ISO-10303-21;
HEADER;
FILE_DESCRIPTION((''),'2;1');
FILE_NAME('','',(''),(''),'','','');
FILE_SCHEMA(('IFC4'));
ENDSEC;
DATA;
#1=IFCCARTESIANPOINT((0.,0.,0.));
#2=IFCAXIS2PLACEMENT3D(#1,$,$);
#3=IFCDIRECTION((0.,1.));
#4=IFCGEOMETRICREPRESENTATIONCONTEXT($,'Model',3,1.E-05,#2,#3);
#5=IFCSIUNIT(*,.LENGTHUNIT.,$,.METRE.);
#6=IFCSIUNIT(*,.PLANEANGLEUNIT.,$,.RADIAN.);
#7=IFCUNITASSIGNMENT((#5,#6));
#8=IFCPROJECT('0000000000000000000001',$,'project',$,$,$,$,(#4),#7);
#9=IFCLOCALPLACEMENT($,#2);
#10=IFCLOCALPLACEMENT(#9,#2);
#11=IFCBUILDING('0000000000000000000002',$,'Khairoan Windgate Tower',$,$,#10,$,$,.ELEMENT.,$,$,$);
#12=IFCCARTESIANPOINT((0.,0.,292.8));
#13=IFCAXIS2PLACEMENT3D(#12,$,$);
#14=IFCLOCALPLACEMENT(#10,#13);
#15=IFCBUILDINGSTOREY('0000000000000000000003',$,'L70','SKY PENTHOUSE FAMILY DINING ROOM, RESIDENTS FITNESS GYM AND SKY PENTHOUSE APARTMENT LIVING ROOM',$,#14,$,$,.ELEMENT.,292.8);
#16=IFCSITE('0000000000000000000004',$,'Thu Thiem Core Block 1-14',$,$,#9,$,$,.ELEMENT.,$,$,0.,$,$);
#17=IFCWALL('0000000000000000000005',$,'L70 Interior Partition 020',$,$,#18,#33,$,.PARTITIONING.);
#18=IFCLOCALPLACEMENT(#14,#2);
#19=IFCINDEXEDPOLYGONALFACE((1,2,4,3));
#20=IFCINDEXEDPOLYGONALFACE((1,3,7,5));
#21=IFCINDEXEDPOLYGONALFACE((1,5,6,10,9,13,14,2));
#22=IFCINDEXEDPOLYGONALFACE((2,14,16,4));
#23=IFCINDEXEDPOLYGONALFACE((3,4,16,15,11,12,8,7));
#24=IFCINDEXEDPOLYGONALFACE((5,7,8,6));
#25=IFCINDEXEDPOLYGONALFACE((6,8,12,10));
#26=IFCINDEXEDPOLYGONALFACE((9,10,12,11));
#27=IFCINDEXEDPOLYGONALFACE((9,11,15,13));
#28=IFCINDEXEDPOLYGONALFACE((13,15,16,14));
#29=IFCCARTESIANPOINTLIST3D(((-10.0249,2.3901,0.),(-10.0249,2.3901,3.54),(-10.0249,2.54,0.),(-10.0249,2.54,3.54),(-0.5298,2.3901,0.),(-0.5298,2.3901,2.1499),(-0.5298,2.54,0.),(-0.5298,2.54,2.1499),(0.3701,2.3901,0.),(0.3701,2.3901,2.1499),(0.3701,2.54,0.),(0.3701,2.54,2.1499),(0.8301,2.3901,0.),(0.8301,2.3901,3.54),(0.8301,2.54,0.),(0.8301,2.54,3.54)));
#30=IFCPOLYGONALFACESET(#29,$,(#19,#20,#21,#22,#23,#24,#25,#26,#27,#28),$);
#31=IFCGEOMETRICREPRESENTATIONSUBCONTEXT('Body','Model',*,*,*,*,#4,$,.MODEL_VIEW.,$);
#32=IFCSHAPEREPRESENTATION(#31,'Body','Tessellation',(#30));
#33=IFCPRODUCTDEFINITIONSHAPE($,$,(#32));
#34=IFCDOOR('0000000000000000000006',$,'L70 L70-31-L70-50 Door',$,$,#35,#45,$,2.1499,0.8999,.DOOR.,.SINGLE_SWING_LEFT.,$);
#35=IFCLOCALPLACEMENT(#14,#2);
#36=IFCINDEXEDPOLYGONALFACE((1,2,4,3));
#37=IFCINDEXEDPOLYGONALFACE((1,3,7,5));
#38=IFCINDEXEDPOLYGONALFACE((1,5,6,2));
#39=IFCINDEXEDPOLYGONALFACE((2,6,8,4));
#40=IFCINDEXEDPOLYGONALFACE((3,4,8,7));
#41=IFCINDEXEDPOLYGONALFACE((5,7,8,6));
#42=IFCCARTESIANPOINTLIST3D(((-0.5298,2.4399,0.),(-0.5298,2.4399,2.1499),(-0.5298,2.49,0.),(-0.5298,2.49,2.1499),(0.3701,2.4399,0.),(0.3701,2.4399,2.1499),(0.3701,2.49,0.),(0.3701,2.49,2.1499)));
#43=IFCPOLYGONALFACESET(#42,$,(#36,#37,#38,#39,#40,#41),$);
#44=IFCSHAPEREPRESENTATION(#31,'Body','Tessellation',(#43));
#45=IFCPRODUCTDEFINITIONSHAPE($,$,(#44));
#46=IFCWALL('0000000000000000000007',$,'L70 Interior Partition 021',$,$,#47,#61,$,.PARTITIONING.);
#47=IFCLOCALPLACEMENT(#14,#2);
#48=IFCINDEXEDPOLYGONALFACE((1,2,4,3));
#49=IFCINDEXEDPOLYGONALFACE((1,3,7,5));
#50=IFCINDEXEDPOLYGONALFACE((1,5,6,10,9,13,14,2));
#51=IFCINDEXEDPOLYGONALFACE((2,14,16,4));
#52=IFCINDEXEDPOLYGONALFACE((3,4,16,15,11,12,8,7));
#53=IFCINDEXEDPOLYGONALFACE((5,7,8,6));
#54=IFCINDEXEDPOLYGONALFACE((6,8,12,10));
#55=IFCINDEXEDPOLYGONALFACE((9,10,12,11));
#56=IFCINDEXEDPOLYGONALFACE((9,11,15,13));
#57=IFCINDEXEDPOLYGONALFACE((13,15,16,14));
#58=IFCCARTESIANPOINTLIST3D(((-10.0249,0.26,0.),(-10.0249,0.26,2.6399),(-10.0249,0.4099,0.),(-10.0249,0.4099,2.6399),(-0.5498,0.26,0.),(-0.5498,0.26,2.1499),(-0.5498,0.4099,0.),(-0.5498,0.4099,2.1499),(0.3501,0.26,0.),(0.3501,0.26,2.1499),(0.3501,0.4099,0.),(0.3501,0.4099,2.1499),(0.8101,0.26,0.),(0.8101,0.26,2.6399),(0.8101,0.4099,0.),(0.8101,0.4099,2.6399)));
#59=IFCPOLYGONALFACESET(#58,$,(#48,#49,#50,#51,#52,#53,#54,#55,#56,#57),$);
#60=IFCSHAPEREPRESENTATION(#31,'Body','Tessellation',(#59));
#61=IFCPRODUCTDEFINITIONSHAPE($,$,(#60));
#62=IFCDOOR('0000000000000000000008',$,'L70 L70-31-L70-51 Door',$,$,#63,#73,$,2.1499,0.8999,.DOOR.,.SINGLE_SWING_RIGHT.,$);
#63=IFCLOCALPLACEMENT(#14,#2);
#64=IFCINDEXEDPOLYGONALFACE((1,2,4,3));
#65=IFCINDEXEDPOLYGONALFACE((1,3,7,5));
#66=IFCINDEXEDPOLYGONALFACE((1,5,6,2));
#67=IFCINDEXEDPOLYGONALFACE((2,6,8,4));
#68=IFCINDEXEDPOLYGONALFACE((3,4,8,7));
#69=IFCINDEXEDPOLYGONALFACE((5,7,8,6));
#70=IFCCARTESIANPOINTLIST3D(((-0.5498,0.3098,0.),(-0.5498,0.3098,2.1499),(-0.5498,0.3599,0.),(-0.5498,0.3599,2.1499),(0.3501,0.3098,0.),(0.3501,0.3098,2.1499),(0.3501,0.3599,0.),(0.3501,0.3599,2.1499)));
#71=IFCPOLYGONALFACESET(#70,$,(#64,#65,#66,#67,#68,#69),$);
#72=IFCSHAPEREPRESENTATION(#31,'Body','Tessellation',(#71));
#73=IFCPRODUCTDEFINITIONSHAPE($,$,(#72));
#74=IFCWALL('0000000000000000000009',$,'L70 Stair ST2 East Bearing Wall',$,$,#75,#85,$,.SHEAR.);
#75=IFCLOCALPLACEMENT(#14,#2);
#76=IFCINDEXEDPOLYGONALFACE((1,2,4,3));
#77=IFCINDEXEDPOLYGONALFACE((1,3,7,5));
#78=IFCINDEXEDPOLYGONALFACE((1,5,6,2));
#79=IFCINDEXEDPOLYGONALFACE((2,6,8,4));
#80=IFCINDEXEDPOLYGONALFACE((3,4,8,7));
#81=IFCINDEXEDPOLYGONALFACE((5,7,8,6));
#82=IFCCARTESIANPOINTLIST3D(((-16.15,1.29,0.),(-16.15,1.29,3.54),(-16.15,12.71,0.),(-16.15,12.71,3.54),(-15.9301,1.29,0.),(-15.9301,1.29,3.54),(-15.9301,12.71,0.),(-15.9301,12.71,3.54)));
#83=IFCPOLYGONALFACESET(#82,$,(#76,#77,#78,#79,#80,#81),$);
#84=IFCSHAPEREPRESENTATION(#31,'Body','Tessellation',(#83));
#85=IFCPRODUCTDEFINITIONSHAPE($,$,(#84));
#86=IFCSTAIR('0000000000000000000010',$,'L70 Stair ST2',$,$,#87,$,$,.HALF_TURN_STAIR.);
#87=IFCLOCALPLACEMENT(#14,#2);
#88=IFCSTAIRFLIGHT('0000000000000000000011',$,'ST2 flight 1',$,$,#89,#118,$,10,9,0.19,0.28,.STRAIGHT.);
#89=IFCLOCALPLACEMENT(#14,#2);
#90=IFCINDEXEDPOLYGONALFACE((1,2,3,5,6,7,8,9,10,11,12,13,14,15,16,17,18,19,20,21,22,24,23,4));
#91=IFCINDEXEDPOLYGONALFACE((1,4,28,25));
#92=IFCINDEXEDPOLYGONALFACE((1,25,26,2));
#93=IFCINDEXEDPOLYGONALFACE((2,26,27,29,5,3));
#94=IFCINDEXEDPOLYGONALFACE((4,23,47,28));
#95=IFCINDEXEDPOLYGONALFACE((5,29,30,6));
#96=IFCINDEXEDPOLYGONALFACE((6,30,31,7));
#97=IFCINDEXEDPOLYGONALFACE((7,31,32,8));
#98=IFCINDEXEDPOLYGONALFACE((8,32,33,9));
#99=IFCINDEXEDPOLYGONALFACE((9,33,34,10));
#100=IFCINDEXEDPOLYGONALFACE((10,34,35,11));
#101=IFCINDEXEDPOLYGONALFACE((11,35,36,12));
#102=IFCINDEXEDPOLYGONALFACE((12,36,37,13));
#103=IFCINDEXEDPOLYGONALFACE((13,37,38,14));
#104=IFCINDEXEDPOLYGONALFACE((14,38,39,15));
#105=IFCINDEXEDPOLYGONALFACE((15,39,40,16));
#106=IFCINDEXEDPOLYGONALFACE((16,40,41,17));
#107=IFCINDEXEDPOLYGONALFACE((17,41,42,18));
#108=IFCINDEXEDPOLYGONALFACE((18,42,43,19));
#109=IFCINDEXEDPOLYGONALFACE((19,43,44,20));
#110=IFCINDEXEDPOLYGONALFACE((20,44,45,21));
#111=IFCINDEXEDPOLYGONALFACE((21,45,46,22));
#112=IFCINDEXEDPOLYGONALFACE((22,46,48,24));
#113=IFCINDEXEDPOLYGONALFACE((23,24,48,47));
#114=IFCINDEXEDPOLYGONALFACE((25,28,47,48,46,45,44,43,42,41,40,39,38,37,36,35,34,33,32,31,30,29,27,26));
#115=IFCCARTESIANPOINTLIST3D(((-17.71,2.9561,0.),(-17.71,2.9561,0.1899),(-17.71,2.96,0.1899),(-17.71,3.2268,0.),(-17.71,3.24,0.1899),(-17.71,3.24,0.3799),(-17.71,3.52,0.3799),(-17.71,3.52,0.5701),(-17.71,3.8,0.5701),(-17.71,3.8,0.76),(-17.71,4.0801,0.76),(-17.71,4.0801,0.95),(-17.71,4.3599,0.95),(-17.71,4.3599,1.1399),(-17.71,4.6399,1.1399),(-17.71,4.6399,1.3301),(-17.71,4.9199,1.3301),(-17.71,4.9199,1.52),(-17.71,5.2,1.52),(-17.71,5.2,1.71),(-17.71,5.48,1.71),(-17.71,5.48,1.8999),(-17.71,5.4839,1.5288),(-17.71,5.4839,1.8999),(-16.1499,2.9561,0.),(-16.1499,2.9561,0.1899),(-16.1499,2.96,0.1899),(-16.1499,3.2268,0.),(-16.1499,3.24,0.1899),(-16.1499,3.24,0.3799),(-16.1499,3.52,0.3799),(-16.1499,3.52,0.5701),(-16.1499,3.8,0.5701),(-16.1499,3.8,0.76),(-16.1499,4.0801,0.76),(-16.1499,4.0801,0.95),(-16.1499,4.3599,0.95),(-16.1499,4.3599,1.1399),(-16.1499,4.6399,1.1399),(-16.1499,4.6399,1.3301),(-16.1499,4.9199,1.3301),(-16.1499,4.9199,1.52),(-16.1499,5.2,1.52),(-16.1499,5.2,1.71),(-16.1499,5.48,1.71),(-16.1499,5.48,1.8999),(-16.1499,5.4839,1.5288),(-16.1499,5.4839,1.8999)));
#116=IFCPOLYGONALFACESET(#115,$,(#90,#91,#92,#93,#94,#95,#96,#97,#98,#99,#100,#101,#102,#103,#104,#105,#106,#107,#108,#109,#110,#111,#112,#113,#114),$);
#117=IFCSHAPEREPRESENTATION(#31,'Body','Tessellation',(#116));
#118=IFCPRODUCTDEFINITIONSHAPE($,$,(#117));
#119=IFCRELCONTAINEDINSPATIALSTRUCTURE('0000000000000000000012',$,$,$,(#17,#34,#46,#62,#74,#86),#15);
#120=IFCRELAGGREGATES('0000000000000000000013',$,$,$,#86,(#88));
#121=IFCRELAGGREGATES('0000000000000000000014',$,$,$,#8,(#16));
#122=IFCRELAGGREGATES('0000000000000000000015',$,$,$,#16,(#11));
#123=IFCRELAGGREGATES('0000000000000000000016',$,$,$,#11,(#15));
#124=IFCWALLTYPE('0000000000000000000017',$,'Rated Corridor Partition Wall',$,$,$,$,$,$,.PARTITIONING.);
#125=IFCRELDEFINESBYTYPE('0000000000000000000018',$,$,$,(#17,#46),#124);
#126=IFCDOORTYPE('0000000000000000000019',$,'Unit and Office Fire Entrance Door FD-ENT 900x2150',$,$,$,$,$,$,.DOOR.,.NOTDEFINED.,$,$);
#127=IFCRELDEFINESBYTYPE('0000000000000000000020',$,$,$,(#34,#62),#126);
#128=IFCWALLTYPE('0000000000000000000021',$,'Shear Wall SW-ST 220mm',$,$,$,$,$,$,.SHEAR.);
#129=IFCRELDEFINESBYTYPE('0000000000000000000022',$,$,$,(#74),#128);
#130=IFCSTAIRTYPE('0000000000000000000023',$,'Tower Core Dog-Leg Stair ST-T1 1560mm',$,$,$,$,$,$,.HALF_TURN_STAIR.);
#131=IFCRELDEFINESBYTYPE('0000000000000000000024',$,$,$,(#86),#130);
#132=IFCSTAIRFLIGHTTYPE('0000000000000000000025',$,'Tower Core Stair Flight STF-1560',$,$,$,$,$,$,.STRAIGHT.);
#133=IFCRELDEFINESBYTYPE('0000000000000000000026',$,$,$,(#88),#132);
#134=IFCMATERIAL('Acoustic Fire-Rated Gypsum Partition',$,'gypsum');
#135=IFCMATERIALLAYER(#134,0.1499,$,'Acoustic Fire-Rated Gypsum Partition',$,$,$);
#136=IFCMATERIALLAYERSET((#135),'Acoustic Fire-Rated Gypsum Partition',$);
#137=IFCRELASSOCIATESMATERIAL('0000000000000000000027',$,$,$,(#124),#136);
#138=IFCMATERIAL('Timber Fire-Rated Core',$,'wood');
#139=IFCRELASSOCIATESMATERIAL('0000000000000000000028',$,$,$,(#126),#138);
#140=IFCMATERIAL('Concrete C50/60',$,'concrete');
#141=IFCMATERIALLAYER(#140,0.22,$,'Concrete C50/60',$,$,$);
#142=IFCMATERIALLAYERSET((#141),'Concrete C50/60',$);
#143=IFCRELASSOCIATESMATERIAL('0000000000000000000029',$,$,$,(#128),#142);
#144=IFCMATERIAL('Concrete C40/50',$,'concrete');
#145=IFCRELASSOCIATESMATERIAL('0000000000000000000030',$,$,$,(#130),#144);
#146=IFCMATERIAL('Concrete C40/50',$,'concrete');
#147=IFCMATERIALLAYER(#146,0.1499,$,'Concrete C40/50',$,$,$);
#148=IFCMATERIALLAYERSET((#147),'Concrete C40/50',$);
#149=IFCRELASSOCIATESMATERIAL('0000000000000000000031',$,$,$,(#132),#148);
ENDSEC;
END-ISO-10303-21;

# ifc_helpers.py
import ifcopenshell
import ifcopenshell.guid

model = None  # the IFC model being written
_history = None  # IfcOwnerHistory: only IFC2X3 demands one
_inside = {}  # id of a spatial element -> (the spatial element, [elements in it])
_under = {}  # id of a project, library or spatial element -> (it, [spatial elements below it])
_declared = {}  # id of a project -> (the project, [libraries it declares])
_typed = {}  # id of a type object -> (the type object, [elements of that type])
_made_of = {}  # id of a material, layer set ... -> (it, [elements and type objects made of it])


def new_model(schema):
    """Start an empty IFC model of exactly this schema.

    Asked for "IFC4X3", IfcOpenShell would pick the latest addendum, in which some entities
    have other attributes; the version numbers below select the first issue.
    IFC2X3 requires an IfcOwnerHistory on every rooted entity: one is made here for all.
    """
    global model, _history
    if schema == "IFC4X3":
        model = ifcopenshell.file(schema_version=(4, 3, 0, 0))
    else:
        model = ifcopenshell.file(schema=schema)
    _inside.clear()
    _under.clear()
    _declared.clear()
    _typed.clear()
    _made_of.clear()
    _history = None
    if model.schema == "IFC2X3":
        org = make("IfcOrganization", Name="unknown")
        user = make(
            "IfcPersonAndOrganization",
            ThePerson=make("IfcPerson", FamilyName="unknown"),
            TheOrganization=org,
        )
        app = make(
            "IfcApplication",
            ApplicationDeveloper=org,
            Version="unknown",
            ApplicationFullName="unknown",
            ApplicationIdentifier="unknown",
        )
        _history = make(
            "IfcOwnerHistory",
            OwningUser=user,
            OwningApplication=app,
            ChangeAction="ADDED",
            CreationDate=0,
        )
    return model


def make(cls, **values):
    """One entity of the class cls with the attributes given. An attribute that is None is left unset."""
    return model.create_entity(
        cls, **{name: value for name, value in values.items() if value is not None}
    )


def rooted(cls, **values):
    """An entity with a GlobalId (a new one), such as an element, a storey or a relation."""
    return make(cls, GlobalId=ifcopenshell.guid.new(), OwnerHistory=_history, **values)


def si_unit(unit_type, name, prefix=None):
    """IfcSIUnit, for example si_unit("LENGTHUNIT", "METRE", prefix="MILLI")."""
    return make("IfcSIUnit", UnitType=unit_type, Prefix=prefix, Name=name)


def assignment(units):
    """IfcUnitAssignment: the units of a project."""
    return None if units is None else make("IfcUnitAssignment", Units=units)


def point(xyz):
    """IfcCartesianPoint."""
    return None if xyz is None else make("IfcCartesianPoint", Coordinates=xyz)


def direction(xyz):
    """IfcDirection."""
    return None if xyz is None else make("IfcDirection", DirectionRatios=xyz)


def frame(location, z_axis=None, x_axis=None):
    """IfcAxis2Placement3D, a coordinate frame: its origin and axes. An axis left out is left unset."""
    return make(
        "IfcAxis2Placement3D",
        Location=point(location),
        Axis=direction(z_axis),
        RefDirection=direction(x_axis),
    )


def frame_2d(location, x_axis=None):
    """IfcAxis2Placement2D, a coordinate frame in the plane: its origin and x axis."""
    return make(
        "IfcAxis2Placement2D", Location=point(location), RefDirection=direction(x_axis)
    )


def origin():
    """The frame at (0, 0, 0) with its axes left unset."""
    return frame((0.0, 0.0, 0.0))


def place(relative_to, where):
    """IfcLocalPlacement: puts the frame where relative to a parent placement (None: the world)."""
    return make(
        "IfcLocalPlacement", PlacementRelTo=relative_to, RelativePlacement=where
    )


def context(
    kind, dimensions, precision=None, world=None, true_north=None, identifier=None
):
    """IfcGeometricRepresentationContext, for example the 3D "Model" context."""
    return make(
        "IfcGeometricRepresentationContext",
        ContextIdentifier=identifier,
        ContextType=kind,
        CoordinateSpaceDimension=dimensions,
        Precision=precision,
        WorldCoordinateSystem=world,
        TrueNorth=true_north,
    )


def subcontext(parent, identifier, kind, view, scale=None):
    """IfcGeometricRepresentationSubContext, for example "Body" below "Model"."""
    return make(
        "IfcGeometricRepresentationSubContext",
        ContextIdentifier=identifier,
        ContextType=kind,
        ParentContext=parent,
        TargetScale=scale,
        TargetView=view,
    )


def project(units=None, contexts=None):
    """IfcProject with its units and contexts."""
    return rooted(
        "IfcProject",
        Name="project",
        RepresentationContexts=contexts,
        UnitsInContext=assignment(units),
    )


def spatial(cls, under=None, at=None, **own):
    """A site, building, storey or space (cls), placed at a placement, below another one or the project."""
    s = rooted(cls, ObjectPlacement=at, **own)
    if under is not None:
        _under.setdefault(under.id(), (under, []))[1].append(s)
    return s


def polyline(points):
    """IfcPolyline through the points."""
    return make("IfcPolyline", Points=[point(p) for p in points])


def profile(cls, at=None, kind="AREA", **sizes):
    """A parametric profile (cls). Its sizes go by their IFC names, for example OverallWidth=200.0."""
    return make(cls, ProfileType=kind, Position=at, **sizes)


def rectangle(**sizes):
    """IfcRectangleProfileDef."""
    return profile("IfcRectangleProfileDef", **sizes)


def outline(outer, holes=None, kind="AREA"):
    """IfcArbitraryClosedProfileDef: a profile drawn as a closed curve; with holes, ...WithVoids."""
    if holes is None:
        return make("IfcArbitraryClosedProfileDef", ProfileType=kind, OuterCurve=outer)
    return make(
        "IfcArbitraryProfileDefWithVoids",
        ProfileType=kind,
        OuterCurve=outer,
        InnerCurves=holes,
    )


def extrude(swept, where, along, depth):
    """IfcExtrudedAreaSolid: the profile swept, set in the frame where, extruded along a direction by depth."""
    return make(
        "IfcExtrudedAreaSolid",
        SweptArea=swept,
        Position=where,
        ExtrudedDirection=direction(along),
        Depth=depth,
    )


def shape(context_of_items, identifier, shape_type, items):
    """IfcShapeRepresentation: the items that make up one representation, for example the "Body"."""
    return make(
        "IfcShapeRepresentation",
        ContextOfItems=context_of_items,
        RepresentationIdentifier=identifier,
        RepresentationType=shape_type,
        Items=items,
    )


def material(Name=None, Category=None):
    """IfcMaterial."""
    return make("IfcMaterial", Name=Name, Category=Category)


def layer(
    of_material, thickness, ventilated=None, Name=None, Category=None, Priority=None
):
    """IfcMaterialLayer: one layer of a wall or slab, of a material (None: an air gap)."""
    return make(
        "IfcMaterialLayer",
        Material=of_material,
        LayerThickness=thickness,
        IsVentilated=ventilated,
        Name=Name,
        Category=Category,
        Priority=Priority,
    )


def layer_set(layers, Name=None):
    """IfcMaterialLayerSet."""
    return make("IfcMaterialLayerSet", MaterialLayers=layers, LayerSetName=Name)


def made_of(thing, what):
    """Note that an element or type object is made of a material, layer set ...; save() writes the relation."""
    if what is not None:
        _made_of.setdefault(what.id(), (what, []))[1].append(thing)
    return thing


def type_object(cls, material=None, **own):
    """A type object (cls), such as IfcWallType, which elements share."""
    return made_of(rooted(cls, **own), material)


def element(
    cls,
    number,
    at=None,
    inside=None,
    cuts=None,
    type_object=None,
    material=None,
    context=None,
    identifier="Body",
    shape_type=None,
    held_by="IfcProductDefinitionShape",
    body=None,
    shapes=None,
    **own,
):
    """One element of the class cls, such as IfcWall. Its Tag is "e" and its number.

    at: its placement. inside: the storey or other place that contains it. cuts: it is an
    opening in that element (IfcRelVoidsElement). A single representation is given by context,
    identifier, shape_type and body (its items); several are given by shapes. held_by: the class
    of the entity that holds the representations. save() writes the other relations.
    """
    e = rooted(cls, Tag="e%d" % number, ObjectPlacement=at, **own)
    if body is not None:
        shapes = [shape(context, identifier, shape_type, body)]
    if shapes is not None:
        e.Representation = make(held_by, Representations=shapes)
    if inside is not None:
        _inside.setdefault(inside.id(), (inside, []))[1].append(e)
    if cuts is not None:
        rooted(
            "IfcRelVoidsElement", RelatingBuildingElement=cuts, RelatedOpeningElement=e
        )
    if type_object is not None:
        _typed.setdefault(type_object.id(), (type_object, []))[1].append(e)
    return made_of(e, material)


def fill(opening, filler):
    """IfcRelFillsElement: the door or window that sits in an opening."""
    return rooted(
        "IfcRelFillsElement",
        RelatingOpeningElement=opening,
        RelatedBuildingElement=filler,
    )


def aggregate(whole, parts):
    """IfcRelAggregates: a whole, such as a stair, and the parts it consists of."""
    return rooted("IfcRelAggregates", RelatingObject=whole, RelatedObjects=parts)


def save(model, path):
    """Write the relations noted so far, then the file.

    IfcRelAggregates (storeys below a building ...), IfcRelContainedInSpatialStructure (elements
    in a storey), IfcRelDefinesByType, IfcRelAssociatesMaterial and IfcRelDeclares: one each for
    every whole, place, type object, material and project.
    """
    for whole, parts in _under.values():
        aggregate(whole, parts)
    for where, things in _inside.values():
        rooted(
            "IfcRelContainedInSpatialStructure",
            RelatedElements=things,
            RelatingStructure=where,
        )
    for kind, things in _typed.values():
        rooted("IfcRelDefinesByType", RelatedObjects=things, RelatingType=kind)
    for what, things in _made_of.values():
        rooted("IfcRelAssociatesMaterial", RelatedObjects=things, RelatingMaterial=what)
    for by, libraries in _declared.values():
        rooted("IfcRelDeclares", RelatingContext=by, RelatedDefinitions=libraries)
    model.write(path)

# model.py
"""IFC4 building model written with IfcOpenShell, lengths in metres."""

from ifc_helpers import new_model, si_unit, direction, frame, frame_2d, origin, place, context, subcontext, project, spatial, polyline, rectangle, outline, extrude, material, layer, layer_set, type_object, element, fill, aggregate, save


model = new_model("IFC4")

# Units and contexts
model_context = context("Model", 3, precision=1e-05, world=origin(), true_north=direction((0.0, 1.0)))
body_context = subcontext(model_context, "Body", "Model", "MODEL_VIEW")
ifc_project = project(units=[si_unit("LENGTHUNIT", "METRE"), si_unit("PLANEANGLEUNIT", "RADIAN")], contexts=[model_context])

# Site, building, storey
site_placement = place(None, origin())
site = spatial("IfcSite", under=ifc_project, at=site_placement, Name="Thu Thiem Core Block 1-14", CompositionType="ELEMENT", RefElevation=0.0)
building_placement = place(site_placement, origin())
building = spatial("IfcBuilding", under=site, at=building_placement, Name="Khairoan Windgate Tower", CompositionType="ELEMENT")
storey_placement = place(building_placement, frame((0.0, 0.0, 292.8)))
storey = spatial("IfcBuildingStorey", under=building, at=storey_placement, Name="L70", Description="SKY PENTHOUSE FAMILY DINING ROOM, RESIDENTS FITNESS GYM AND SKY PENTHOUSE APARTMENT LIVING ROOM", CompositionType="ELEMENT", Elevation=292.8)

# Walls, openings, doors
ifc_material_1 = material(Name="Acoustic Fire-Rated Gypsum Partition", Category="gypsum")
ifc_layer_1 = layer(ifc_material_1, 0.1499, Name="Acoustic Fire-Rated Gypsum Partition")
ifc_layer_set_1 = layer_set([ifc_layer_1], Name="Acoustic Fire-Rated Gypsum Partition")
wall_type_1 = type_object("IfcWallType", Name="Rated Corridor Partition Wall", PredefinedType="PARTITIONING", material=ifc_layer_set_1)
ifc_material_2 = material(Name="Timber Fire-Rated Core", Category="wood")
door_type = type_object("IfcDoorType", Name="Unit and Office Fire Entrance Door FD-ENT 900x2150", OperationType="NOTDEFINED", PredefinedType="DOOR", material=ifc_material_2)
wall_1_placement = place(storey_placement, frame((-10.0249, 2.4651, 0.0), z_axis=(0.0, 0.0, 1.0), x_axis=(1.0, 0.0, 0.0)))
wall_1 = element("IfcWall", 1, at=wall_1_placement, inside=storey, type_object=wall_type_1, Name="L70 Interior Partition 020", PredefinedType="PARTITIONING", context=body_context, shape_type="SweptSolid", body=[
    extrude(rectangle(XDim=10.855, YDim=0.1499, at=frame_2d((5.4275, 0.0))), origin(), (0.0, 0.0, 1.0), 3.54),
])
opening_1_placement = place(wall_1_placement, frame((9.4951, 0.0, 0.0)))
opening_1 = element("IfcOpeningElement", 2, at=opening_1_placement, cuts=wall_1, PredefinedType="OPENING", context=body_context, shape_type="SweptSolid", body=[
    extrude(rectangle(XDim=0.8999, YDim=2.1499, at=frame_2d((0.45, 1.075))), frame((0.0, 0.085, 0.0), z_axis=(0.0, -1.0, 0.0), x_axis=(1.0, 0.0, 0.0)), (0.0, 0.0, 1.0), 0.1699),
])
door_1_placement = place(opening_1_placement, origin())
door_1 = element("IfcDoor", 3, at=door_1_placement, inside=storey, type_object=door_type, Name="L70 L70-31-L70-50 Door", OperationType="SINGLE_SWING_LEFT", OverallHeight=2.1499, OverallWidth=0.8999, PredefinedType="DOOR", context=body_context, shape_type="SweptSolid", body=[
    extrude(rectangle(XDim=0.8999, YDim=2.1499, at=frame_2d((0.45, 1.075))), frame((0.0, 0.0249, 0.0), z_axis=(0.0, -1.0, 0.0), x_axis=(1.0, 0.0, 0.0)), (0.0, 0.0, 1.0), 0.05),
])
fill(opening_1, door_1)
wall_2_placement = place(storey_placement, frame((-10.0249, 0.335, 0.0), z_axis=(0.0, 0.0, 1.0), x_axis=(1.0, 0.0, 0.0)))
wall_2 = element("IfcWall", 4, at=wall_2_placement, inside=storey, type_object=wall_type_1, Name="L70 Interior Partition 021", PredefinedType="PARTITIONING", context=body_context, shape_type="SweptSolid", body=[
    extrude(rectangle(XDim=10.835, YDim=0.1499, at=frame_2d((5.4175, 0.0))), origin(), (0.0, 0.0, 1.0), 2.6399),
])
opening_2_placement = place(wall_2_placement, frame((9.4751, 0.0, 0.0)))
opening_2 = element("IfcOpeningElement", 5, at=opening_2_placement, cuts=wall_2, PredefinedType="OPENING", context=body_context, shape_type="SweptSolid", body=[
    extrude(rectangle(XDim=0.8999, YDim=2.1499, at=frame_2d((0.45, 1.075))), frame((0.0, 0.085, 0.0), z_axis=(0.0, -1.0, 0.0), x_axis=(1.0, 0.0, 0.0)), (0.0, 0.0, 1.0), 0.1699),
])
door_2_placement = place(opening_2_placement, origin())
door_2 = element("IfcDoor", 6, at=door_2_placement, inside=storey, type_object=door_type, Name="L70 L70-31-L70-51 Door", OperationType="SINGLE_SWING_RIGHT", OverallHeight=2.1499, OverallWidth=0.8999, PredefinedType="DOOR", context=body_context, shape_type="SweptSolid", body=[
    extrude(rectangle(XDim=0.8999, YDim=2.1499, at=frame_2d((0.45, 1.075))), frame((0.0, 0.0249, 0.0), z_axis=(0.0, -1.0, 0.0), x_axis=(1.0, 0.0, 0.0)), (0.0, 0.0, 1.0), 0.05),
])
fill(opening_2, door_2)

# Wall
ifc_material_3 = material(Name="Concrete C50/60", Category="concrete")
ifc_layer_2 = layer(ifc_material_3, 0.22, Name="Concrete C50/60")
ifc_layer_set_2 = layer_set([ifc_layer_2], Name="Concrete C50/60")
wall_type_2 = type_object("IfcWallType", Name="Shear Wall SW-ST 220mm", PredefinedType="SHEAR", material=ifc_layer_set_2)
wall_3_placement = place(storey_placement, frame((-16.04, 1.29, 0.0), z_axis=(0.0, 0.0, 1.0), x_axis=(0.0, 1.0, 0.0)))
element("IfcWall", 7, at=wall_3_placement, inside=storey, type_object=wall_type_2, Name="L70 Stair ST2 East Bearing Wall", PredefinedType="SHEAR", context=body_context, shape_type="SweptSolid", body=[
    extrude(rectangle(XDim=11.4199, YDim=0.22, at=frame_2d((5.71, 0.0))), origin(), (0.0, 0.0, 1.0), 3.54),
])

# Stair, stair flight
ifc_material_4 = material(Name="Concrete C40/50", Category="concrete")
stair_type = type_object("IfcStairType", Name="Tower Core Dog-Leg Stair ST-T1 1560mm", PredefinedType="HALF_TURN_STAIR", material=ifc_material_4)
stair_placement = place(storey_placement, origin())
stair = element("IfcStair", 8, at=stair_placement, inside=storey, type_object=stair_type, Name="L70 Stair ST2", PredefinedType="HALF_TURN_STAIR")
ifc_material_5 = material(Name="Concrete C40/50", Category="concrete")
ifc_layer_3 = layer(ifc_material_5, 0.1499, Name="Concrete C40/50")
ifc_layer_set_3 = layer_set([ifc_layer_3], Name="Concrete C40/50")
stair_flight_type = type_object("IfcStairFlightType", Name="Tower Core Stair Flight STF-1560", PredefinedType="STRAIGHT", material=ifc_layer_set_3)
stair_flight_placement = place(storey_placement, frame((-16.9299, 2.96, 0.0), z_axis=(0.0, 0.0, 1.0), x_axis=(0.0, 1.0, 0.0)))
stair_flight = element("IfcStairFlight", 9, at=stair_flight_placement, type_object=stair_flight_type, Name="ST2 flight 1", NumberOfRisers=10, NumberOfTreads=9, PredefinedType="STRAIGHT", RiserHeight=0.19, TreadLength=0.28, context=body_context, shape_type="SweptSolid", body=[
    extrude(outline(polyline([(-0.0039, 0.0), (-0.0039, 0.1899), (0.0, 0.1899), (0.28, 0.1899), (0.28, 0.3799), (0.5601, 0.3799), (0.5601, 0.5701), (0.8401, 0.5701), (0.8401, 0.76), (1.1201, 0.76), (1.1201, 0.95), (1.3999, 0.95), (1.3999, 1.1399), (1.6799, 1.1399), (1.6799, 1.3301), (1.96, 1.3301), (1.96, 1.52), (2.24, 1.52), (2.24, 1.71), (2.52, 1.71), (2.52, 1.8999), (2.5239, 1.8999), (2.5239, 1.5288), (0.2668, 0.0), (-0.0039, 0.0)])), frame((0.0, 0.78, 0.0), z_axis=(0.0, -1.0, 0.0), x_axis=(1.0, 0.0, 0.0)), (0.0, 0.0, 1.0), 1.5601),
])
aggregate(stair, [stair_flight])

save(model, "model.ifc")
